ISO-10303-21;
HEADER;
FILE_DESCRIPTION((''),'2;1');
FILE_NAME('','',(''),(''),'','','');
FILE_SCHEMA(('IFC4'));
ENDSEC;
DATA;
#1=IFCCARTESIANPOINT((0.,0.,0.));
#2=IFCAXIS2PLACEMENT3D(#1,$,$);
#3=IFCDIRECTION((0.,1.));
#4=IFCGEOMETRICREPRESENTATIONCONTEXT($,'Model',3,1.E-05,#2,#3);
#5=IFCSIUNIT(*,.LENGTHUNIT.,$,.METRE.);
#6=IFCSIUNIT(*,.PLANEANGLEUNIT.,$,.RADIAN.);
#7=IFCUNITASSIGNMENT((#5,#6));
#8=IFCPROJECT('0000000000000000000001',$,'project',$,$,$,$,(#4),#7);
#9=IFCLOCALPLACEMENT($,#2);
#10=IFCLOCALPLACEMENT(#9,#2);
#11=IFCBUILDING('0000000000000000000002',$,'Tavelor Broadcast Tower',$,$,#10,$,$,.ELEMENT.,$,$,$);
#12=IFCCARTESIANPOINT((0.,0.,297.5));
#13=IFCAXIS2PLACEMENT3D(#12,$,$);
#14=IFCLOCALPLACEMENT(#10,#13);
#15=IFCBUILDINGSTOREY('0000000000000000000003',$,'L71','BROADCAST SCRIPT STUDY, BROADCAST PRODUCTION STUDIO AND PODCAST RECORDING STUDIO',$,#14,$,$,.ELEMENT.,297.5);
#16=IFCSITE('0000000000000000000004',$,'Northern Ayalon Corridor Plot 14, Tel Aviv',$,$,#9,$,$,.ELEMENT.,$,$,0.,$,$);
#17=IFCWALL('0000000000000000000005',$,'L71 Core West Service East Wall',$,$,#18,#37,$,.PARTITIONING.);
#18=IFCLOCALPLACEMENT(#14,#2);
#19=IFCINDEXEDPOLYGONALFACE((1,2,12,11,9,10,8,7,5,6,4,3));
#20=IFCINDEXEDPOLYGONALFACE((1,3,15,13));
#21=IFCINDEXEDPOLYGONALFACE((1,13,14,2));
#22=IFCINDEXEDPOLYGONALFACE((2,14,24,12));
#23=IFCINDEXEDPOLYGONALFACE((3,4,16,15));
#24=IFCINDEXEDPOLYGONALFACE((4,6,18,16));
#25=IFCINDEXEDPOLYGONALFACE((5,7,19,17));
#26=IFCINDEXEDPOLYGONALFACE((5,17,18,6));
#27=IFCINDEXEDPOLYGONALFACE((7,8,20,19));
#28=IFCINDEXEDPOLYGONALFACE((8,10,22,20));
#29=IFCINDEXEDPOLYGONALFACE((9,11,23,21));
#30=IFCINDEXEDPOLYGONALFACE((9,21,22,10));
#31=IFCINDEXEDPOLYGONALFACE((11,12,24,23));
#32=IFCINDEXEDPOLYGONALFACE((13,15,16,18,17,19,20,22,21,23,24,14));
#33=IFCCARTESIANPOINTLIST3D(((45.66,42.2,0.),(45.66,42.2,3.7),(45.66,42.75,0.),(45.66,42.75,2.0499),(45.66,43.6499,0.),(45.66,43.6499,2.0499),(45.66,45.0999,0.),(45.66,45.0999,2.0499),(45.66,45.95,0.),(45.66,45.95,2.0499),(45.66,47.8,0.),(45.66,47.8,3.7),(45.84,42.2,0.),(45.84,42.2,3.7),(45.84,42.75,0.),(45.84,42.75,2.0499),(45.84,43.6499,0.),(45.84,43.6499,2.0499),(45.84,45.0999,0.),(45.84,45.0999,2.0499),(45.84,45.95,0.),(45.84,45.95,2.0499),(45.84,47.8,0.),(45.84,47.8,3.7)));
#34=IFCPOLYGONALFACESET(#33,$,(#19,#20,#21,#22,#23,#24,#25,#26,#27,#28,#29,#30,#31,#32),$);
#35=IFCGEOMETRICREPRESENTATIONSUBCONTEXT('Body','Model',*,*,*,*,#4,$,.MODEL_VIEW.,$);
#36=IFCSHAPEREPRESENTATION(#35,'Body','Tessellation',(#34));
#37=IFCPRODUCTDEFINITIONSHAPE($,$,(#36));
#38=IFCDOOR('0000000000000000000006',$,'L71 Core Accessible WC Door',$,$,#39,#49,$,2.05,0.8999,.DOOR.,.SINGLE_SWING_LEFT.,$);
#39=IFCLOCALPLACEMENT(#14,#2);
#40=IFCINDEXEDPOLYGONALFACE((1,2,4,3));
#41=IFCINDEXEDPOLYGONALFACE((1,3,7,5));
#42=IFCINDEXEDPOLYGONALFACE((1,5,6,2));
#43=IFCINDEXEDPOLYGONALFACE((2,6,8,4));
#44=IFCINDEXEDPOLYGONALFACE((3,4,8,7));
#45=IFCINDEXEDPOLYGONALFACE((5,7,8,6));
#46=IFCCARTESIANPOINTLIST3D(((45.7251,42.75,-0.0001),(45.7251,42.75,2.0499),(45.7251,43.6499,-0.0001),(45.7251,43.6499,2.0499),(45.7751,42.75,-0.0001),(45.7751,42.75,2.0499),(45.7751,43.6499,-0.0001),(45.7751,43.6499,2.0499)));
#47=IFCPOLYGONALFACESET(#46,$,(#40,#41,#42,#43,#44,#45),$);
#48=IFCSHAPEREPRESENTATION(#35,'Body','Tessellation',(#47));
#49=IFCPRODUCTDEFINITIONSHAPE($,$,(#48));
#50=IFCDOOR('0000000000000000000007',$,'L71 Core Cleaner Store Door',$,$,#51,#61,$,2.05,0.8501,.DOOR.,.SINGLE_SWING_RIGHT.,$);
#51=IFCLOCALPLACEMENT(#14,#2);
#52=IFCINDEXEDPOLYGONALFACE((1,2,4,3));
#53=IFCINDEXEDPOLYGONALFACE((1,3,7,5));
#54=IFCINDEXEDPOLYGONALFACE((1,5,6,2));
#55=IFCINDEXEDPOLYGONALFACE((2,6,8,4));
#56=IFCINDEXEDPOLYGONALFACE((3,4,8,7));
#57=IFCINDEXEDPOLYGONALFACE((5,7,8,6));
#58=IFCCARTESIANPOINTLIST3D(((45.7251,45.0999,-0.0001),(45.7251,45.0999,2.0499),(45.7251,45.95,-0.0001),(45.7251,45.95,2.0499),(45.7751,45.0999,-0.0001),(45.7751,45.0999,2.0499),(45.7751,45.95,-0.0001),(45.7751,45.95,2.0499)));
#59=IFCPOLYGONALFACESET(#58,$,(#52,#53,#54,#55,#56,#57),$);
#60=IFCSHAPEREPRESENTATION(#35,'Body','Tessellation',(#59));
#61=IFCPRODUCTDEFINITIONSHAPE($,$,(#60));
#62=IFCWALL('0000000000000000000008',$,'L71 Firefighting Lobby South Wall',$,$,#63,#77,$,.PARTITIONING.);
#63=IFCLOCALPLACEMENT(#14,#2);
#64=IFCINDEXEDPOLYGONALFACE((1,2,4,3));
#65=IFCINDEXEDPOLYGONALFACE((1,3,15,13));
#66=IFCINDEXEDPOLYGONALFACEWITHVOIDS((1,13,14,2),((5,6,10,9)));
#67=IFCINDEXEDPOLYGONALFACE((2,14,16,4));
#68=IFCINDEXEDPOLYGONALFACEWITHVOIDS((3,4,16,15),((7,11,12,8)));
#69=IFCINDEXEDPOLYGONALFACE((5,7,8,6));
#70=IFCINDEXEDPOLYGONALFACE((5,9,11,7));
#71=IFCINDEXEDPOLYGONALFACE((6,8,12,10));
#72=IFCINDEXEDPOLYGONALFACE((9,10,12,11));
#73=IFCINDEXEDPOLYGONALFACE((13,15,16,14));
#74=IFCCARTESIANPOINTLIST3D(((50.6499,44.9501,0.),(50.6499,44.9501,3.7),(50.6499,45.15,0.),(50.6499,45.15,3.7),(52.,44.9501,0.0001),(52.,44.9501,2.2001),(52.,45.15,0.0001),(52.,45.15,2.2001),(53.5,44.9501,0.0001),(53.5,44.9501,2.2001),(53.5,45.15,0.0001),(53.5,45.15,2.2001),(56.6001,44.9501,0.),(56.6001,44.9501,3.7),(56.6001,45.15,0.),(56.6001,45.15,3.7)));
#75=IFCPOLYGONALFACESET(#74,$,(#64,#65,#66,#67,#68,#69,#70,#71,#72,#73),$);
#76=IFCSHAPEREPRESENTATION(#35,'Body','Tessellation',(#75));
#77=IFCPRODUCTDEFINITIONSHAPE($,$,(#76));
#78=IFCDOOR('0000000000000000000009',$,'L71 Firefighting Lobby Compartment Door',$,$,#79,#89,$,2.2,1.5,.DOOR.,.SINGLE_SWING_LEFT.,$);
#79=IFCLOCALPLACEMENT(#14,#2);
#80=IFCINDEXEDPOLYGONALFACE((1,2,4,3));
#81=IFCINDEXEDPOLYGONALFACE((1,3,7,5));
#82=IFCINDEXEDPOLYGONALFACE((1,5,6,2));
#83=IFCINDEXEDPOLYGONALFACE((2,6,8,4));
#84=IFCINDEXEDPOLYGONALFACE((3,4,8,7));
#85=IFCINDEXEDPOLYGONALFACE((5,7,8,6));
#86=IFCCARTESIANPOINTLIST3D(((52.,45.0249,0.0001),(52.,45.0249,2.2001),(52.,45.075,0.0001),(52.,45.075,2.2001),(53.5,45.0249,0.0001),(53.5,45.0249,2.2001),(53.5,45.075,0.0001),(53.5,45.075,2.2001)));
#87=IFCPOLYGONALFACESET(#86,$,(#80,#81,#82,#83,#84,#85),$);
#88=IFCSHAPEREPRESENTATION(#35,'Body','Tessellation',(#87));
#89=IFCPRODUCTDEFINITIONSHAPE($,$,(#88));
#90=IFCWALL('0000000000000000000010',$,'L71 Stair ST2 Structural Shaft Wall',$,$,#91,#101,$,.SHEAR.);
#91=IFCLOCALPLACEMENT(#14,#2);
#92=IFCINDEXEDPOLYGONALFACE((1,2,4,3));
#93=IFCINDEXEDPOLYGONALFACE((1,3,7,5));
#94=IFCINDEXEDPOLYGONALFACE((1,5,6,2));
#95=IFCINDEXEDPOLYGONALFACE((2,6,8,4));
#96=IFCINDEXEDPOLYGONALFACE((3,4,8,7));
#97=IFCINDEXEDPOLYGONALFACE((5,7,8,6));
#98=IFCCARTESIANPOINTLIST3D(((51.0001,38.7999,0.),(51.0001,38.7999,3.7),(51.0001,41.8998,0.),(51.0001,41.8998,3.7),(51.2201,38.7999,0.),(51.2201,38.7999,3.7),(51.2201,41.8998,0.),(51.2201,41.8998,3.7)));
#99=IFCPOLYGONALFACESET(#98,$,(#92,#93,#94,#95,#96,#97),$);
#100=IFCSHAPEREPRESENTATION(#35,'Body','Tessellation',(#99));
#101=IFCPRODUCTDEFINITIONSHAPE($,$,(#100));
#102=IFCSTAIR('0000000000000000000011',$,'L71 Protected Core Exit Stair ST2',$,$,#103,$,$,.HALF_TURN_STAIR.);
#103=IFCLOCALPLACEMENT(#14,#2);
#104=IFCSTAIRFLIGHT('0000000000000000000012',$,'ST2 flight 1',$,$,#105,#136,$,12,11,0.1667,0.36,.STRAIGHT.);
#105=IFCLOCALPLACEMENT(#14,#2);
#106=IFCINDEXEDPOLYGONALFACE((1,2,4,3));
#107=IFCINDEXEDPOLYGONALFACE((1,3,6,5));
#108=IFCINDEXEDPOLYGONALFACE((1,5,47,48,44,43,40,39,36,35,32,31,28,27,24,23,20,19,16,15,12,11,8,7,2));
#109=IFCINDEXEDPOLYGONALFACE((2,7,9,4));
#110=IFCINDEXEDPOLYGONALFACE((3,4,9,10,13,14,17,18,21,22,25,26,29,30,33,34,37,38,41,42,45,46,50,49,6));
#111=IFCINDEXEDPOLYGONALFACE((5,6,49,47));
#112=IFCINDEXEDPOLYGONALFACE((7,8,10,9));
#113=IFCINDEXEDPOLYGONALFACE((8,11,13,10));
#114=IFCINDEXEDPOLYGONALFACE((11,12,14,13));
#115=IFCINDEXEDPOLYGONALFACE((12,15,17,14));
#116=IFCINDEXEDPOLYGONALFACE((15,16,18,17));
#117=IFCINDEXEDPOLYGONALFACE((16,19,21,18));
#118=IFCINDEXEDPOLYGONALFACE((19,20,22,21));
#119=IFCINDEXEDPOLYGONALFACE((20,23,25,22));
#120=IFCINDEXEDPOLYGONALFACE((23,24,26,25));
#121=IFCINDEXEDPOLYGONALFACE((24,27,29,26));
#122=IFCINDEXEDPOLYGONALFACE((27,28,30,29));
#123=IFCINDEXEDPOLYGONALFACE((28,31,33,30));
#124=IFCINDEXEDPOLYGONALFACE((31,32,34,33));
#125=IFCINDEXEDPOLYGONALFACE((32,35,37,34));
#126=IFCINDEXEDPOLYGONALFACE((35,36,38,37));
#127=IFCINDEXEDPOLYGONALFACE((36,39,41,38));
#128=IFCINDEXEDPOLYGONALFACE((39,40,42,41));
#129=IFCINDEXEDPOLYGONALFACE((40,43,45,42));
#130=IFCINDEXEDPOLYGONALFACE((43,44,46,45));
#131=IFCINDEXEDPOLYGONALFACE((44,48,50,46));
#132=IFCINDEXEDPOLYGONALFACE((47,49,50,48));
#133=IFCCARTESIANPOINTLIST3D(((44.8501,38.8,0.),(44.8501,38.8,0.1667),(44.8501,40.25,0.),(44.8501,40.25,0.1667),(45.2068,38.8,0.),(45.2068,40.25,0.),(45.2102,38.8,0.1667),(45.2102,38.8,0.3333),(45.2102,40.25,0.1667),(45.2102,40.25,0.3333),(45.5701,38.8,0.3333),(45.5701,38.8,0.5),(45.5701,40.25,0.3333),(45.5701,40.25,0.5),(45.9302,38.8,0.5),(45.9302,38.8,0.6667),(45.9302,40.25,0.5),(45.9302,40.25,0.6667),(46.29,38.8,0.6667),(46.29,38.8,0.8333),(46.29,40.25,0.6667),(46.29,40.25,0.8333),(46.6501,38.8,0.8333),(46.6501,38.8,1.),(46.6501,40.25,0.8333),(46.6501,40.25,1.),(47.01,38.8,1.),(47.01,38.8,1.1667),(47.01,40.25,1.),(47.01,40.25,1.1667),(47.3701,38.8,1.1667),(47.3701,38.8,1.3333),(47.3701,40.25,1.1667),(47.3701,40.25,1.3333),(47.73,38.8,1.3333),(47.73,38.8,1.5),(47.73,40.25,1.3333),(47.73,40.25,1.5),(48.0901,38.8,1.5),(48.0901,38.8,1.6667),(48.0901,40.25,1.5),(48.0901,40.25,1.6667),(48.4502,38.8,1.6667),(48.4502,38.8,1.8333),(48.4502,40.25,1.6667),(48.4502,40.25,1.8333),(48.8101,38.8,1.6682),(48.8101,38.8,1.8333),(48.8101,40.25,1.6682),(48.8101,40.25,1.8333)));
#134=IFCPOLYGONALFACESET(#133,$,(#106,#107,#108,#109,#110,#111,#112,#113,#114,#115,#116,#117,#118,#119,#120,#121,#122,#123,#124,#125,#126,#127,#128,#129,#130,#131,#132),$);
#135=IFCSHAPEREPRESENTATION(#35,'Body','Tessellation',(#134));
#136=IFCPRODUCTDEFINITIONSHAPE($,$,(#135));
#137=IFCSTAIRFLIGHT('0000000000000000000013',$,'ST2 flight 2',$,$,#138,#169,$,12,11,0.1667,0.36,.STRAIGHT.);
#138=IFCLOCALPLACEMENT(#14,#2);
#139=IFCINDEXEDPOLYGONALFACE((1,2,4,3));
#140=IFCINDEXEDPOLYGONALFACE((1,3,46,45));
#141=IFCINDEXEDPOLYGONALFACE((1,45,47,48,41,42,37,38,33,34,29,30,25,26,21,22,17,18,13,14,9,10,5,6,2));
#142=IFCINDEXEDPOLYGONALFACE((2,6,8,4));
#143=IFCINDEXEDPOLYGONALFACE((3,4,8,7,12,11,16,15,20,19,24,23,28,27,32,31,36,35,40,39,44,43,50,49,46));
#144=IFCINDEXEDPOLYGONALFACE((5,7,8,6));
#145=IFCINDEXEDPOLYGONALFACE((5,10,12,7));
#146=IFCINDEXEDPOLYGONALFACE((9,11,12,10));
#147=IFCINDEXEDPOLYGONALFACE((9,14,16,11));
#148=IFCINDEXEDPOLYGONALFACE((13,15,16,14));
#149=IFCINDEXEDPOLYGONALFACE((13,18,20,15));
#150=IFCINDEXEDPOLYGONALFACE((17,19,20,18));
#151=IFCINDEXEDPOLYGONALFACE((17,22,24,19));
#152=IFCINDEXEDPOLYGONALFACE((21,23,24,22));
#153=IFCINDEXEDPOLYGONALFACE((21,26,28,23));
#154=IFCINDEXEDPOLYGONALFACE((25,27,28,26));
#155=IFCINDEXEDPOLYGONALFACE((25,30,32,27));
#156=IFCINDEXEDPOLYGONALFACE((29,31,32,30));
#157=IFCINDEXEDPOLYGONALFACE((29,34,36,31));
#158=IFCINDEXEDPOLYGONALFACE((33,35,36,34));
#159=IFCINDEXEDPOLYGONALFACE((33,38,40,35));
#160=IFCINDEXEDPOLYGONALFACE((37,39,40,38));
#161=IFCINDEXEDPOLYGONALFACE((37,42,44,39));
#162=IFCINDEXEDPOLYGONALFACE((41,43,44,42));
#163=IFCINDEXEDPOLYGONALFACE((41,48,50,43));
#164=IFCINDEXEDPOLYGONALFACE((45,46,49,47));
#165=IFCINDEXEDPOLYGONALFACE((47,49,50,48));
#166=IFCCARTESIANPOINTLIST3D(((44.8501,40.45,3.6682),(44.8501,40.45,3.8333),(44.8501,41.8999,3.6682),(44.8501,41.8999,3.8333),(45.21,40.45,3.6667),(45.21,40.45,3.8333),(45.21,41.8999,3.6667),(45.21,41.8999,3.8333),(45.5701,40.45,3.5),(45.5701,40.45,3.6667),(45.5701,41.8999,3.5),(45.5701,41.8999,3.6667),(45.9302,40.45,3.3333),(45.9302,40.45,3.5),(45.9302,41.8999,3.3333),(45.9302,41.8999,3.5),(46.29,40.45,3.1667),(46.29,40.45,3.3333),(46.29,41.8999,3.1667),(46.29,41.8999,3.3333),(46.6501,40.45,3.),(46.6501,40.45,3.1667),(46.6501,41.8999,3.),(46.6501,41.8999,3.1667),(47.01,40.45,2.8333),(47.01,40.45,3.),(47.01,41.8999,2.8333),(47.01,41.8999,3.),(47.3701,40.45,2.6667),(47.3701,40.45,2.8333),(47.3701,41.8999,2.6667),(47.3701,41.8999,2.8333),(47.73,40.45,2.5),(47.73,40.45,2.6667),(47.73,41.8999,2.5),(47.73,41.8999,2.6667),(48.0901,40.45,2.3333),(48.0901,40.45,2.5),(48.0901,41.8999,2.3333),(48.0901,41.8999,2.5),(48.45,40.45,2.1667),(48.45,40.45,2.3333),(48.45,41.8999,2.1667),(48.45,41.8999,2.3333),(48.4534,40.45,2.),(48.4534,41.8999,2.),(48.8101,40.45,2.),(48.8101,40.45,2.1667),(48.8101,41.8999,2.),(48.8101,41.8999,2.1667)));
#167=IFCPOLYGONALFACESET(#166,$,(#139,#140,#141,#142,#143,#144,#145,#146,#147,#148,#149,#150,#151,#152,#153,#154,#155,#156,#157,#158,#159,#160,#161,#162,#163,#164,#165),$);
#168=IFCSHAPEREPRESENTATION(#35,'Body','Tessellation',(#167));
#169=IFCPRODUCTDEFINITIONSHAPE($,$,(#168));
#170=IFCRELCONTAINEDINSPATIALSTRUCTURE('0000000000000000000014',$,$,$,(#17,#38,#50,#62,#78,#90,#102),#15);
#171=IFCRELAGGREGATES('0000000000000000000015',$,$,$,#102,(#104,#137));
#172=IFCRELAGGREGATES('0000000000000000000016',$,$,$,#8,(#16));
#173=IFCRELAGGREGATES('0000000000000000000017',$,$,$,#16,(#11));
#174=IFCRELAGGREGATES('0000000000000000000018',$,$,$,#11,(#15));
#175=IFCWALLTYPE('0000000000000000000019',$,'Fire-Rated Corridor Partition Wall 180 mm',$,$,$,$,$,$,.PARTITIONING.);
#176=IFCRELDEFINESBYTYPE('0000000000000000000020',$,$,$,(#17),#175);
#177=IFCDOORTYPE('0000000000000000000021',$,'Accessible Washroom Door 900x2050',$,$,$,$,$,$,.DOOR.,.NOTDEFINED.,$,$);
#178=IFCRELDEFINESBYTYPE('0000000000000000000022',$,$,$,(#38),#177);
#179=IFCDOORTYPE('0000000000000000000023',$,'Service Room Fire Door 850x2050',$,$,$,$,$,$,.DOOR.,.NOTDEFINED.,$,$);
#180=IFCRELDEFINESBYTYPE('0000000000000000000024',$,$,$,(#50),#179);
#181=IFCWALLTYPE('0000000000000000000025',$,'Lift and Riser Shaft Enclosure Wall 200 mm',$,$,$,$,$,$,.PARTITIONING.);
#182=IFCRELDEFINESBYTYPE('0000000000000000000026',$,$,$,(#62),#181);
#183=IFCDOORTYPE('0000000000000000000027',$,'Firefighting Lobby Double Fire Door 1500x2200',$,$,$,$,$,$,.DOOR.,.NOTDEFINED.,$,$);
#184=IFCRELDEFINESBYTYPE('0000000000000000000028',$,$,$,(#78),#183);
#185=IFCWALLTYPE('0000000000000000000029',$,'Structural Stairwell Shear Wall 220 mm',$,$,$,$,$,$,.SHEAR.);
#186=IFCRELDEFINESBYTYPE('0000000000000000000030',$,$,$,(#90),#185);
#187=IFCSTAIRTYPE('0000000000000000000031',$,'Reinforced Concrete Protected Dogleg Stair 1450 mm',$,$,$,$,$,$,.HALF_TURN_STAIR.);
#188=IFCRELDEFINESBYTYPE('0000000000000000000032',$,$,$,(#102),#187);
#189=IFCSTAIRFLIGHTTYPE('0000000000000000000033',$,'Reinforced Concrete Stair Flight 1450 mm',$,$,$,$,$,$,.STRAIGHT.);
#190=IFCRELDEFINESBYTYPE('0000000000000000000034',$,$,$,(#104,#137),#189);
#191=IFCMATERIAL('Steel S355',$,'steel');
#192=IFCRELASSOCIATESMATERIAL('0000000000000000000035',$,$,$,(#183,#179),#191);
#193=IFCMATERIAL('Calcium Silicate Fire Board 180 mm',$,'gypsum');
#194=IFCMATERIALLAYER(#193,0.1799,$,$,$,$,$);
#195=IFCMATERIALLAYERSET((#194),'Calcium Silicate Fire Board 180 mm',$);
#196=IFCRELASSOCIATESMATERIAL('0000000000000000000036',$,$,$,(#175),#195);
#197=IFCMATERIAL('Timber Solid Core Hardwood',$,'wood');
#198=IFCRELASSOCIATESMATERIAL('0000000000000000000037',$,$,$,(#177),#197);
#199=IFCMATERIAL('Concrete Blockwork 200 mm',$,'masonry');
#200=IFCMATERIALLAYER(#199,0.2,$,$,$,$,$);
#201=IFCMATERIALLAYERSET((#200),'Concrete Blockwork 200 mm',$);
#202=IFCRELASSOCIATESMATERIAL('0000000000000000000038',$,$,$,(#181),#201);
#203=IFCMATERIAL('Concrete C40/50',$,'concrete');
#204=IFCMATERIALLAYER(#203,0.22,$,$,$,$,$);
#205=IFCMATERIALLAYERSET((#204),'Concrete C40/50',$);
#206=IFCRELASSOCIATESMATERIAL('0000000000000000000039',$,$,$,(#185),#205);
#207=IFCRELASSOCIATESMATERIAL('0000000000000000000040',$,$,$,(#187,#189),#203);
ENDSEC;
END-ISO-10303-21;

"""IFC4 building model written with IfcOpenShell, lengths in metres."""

from ifc_helpers import new_model, si_unit, direction, frame, frame_2d, origin, place, context, subcontext, project, spatial, polyline, rectangle, outline, extrude, material, layer, layer_set, type_object, element, fill, aggregate, save


model = new_model("IFC4")

# Units and contexts
model_context = context("Model", 3, precision=1e-05, world=origin(), true_north=direction((0.0, 1.0)))
body_context = subcontext(model_context, "Body", "Model", "MODEL_VIEW")
ifc_project = project(units=[si_unit("LENGTHUNIT", "METRE"), si_unit("PLANEANGLEUNIT", "RADIAN")], contexts=[model_context])

# Site, building, storey
site_placement = place(None, origin())
site = spatial("IfcSite", under=ifc_project, at=site_placement, Name="Northern Ayalon Corridor Plot 14, Tel Aviv", CompositionType="ELEMENT", RefElevation=0.0)
building_placement = place(site_placement, origin())
building = spatial("IfcBuilding", under=site, at=building_placement, Name="Tavelor Broadcast Tower", CompositionType="ELEMENT")
storey_placement = place(building_placement, frame((0.0, 0.0, 297.5)))
storey = spatial("IfcBuildingStorey", under=building, at=storey_placement, Name="L71", Description="BROADCAST SCRIPT STUDY, BROADCAST PRODUCTION STUDIO AND PODCAST RECORDING STUDIO", CompositionType="ELEMENT", Elevation=297.5)

# Shared definitions
ifc_material_1 = material(Name="Concrete C40/50", Category="concrete")
ifc_material_2 = material(Name="Steel S355", Category="steel")

# Shared definitions
door_type_1 = type_object("IfcDoorType", Name="Firefighting Lobby Double Fire Door 1500x2200", OperationType="NOTDEFINED", PredefinedType="DOOR", material=ifc_material_2)

# Wall, openings, doors
ifc_material_3 = material(Name="Calcium Silicate Fire Board 180 mm", Category="gypsum")
ifc_layer_1 = layer(ifc_material_3, 0.1799)
ifc_layer_set_1 = layer_set([ifc_layer_1], Name="Calcium Silicate Fire Board 180 mm")
wall_type_1 = type_object("IfcWallType", Name="Fire-Rated Corridor Partition Wall 180 mm", PredefinedType="PARTITIONING", material=ifc_layer_set_1)
wall_1_placement = place(storey_placement, frame((45.75, 42.2, 0.0), z_axis=(0.0, 0.0, 1.0), x_axis=(0.0, 1.0, 0.0)))
wall_1 = element("IfcWall", 1, at=wall_1_placement, inside=storey, type_object=wall_type_1, Name="L71 Core West Service East Wall", PredefinedType="PARTITIONING", context=body_context, shape_type="SweptSolid", body=[
    extrude(rectangle(XDim=5.6001, YDim=0.1799, at=frame_2d((2.8, 0.0))), origin(), (0.0, 0.0, 1.0), 3.7),
])
opening_1_placement = place(wall_1_placement, frame((0.55, 0.0, 0.0)))
opening_1 = element("IfcOpeningElement", 2, at=opening_1_placement, cuts=wall_1, PredefinedType="OPENING", context=body_context, shape_type="SweptSolid", body=[
    extrude(rectangle(XDim=0.8999, YDim=2.05, at=frame_2d((0.45, 1.0249))), frame((0.0, 0.1001, 0.0), z_axis=(0.0, -1.0, 0.0), x_axis=(1.0, 0.0, 0.0)), (0.0, 0.0, 1.0), 0.2),
])
opening_2_placement = place(wall_1_placement, frame((2.8999, 0.0, 0.0)))
opening_2 = element("IfcOpeningElement", 3, at=opening_2_placement, cuts=wall_1, PredefinedType="OPENING", context=body_context, shape_type="SweptSolid", body=[
    extrude(rectangle(XDim=0.8501, YDim=2.05, at=frame_2d((0.425, 1.0249))), frame((0.0, 0.1001, 0.0), z_axis=(0.0, -1.0, 0.0), x_axis=(1.0, 0.0, 0.0)), (0.0, 0.0, 1.0), 0.2),
])
ifc_material_4 = material(Name="Timber Solid Core Hardwood", Category="wood")
door_type_2 = type_object("IfcDoorType", Name="Accessible Washroom Door 900x2050", OperationType="NOTDEFINED", PredefinedType="DOOR", material=ifc_material_4)
door_1_placement = place(opening_1_placement, origin())
door_1 = element("IfcDoor", 4, at=door_1_placement, inside=storey, type_object=door_type_2, Name="L71 Core Accessible WC Door", OperationType="SINGLE_SWING_LEFT", OverallHeight=2.05, OverallWidth=0.8999, PredefinedType="DOOR", context=body_context, shape_type="SweptSolid", body=[
    extrude(rectangle(XDim=0.8999, YDim=2.05, at=frame_2d((0.45, 1.0249))), frame((0.0, 0.0249, 0.0), z_axis=(0.0, -1.0, 0.0), x_axis=(1.0, 0.0, 0.0)), (0.0, 0.0, 1.0), 0.05),
])
fill(opening_1, door_1)
door_type_3 = type_object("IfcDoorType", Name="Service Room Fire Door 850x2050", OperationType="NOTDEFINED", PredefinedType="DOOR", material=ifc_material_2)
door_2_placement = place(opening_2_placement, origin())
door_2 = element("IfcDoor", 5, at=door_2_placement, inside=storey, type_object=door_type_3, Name="L71 Core Cleaner Store Door", OperationType="SINGLE_SWING_RIGHT", OverallHeight=2.05, OverallWidth=0.8501, PredefinedType="DOOR", context=body_context, shape_type="SweptSolid", body=[
    extrude(rectangle(XDim=0.8501, YDim=2.05, at=frame_2d((0.425, 1.0249))), frame((0.0, 0.0249, 0.0), z_axis=(0.0, -1.0, 0.0), x_axis=(1.0, 0.0, 0.0)), (0.0, 0.0, 1.0), 0.05),
])
fill(opening_2, door_2)

# Wall, opening, door
ifc_material_5 = material(Name="Concrete Blockwork 200 mm", Category="masonry")
ifc_layer_2 = layer(ifc_material_5, 0.2)
ifc_layer_set_2 = layer_set([ifc_layer_2], Name="Concrete Blockwork 200 mm")
wall_type_2 = type_object("IfcWallType", Name="Lift and Riser Shaft Enclosure Wall 200 mm", PredefinedType="PARTITIONING", material=ifc_layer_set_2)
wall_2_placement = place(storey_placement, frame((50.6499, 45.05, 0.0), z_axis=(0.0, 0.0, 1.0), x_axis=(1.0, 0.0, 0.0)))
wall_2 = element("IfcWall", 6, at=wall_2_placement, inside=storey, type_object=wall_type_2, Name="L71 Firefighting Lobby South Wall", PredefinedType="PARTITIONING", context=body_context, shape_type="SweptSolid", body=[
    extrude(rectangle(XDim=5.9502, YDim=0.2, at=frame_2d((2.9751, 0.0))), origin(), (0.0, 0.0, 1.0), 3.7),
])
opening_3_placement = place(wall_2_placement, frame((1.3501, 0.0, 0.0)))
opening_3 = element("IfcOpeningElement", 7, at=opening_3_placement, cuts=wall_2, PredefinedType="OPENING", context=body_context, shape_type="SweptSolid", body=[
    extrude(rectangle(XDim=1.5, YDim=2.2, at=frame_2d((0.75, 1.1001))), frame((0.0, 0.1099, 0.0), z_axis=(0.0, -1.0, 0.0), x_axis=(1.0, 0.0, 0.0)), (0.0, 0.0, 1.0), 0.22),
])
door_3_placement = place(opening_3_placement, origin())
door_3 = element("IfcDoor", 8, at=door_3_placement, inside=storey, type_object=door_type_1, Name="L71 Firefighting Lobby Compartment Door", OperationType="SINGLE_SWING_LEFT", OverallHeight=2.2, OverallWidth=1.5, PredefinedType="DOOR", context=body_context, shape_type="SweptSolid", body=[
    extrude(rectangle(XDim=1.5, YDim=2.2, at=frame_2d((0.75, 1.1001))), frame((0.0, 0.0249, 0.0), z_axis=(0.0, -1.0, 0.0), x_axis=(1.0, 0.0, 0.0)), (0.0, 0.0, 1.0), 0.05),
])
fill(opening_3, door_3)

# Wall
ifc_layer_3 = layer(ifc_material_1, 0.22)
ifc_layer_set_3 = layer_set([ifc_layer_3], Name="Concrete C40/50")
wall_type_3 = type_object("IfcWallType", Name="Structural Stairwell Shear Wall 220 mm", PredefinedType="SHEAR", material=ifc_layer_set_3)
wall_3_placement = place(storey_placement, frame((51.1101, 38.8, 0.0), z_axis=(0.0, 0.0, 1.0), x_axis=(0.0, 1.0, 0.0)))
element("IfcWall", 9, at=wall_3_placement, inside=storey, type_object=wall_type_3, Name="L71 Stair ST2 Structural Shaft Wall", PredefinedType="SHEAR", context=body_context, shape_type="SweptSolid", body=[
    extrude(rectangle(XDim=3.0999, YDim=0.22, at=frame_2d((1.5498, 0.0))), origin(), (0.0, 0.0, 1.0), 3.7),
])

# Stair, stair flights
stair_type = type_object("IfcStairType", Name="Reinforced Concrete Protected Dogleg Stair 1450 mm", PredefinedType="HALF_TURN_STAIR", material=ifc_material_1)
stair_placement = place(storey_placement, origin())
stair = element("IfcStair", 10, at=stair_placement, inside=storey, type_object=stair_type, Name="L71 Protected Core Exit Stair ST2", PredefinedType="HALF_TURN_STAIR")
stair_flight_type = type_object("IfcStairFlightType", Name="Reinforced Concrete Stair Flight 1450 mm", PredefinedType="STRAIGHT", material=ifc_material_1)
stair_flight_1_placement = place(storey_placement, frame((44.8501, 39.5249, 0.0), z_axis=(0.0, 0.0, 1.0), x_axis=(1.0, 0.0, 0.0)))
stair_flight_1 = element("IfcStairFlight", 11, at=stair_flight_1_placement, type_object=stair_flight_type, Name="ST2 flight 1", NumberOfRisers=12, NumberOfTreads=11, PredefinedType="STRAIGHT", RiserHeight=0.1667, TreadLength=0.36, context=body_context, shape_type="SweptSolid", body=[
    extrude(outline(polyline([(0.0, 0.0), (0.0, 0.1667), (0.3601, 0.1667), (0.3601, 0.3333), (0.72, 0.3333), (0.72, 0.5), (1.0801, 0.5), (1.0801, 0.6667), (1.4399, 0.6667), (1.4399, 0.8333), (1.8, 0.8333), (1.8, 1.0), (2.1599, 1.0), (2.1599, 1.1667), (2.52, 1.1667), (2.52, 1.3333), (2.8799, 1.3333), (2.8799, 1.5), (3.24, 1.5), (3.24, 1.6667), (3.6001, 1.6667), (3.6001, 1.8333), (3.96, 1.8333), (3.96, 2.0), (3.96, 1.6682), (0.3567, 0.0), (0.0, 0.0)])), frame((0.0, 0.7251, 0.0), z_axis=(0.0, -1.0, 0.0), x_axis=(1.0, 0.0, 0.0)), (0.0, 0.0, 1.0), 1.45),
])
stair_flight_2_placement = place(storey_placement, frame((48.8101, 41.175, 2.0), z_axis=(0.0, 0.0, 1.0), x_axis=(-1.0, 0.0, 0.0)))
stair_flight_2 = element("IfcStairFlight", 12, at=stair_flight_2_placement, type_object=stair_flight_type, Name="ST2 flight 2", NumberOfRisers=12, NumberOfTreads=11, PredefinedType="STRAIGHT", RiserHeight=0.1667, TreadLength=0.36, context=body_context, shape_type="SweptSolid", body=[
    extrude(outline(polyline([(0.0, 0.0), (0.0, 0.1667), (0.3601, 0.1667), (0.3601, 0.3333), (0.72, 0.3333), (0.72, 0.5), (1.0801, 0.5), (1.0801, 0.6667), (1.4399, 0.6667), (1.4399, 0.8333), (1.8, 0.8333), (1.8, 1.0), (2.1599, 1.0), (2.1599, 1.1667), (2.52, 1.1667), (2.52, 1.3333), (2.8799, 1.3333), (2.8799, 1.5), (3.24, 1.5), (3.24, 1.6667), (3.6001, 1.6667), (3.6001, 1.8333), (3.96, 1.8333), (3.96, 2.0), (3.96, 1.6682), (0.3567, 0.0), (0.0, 0.0)])), frame((0.0, 0.7251, 0.0), z_axis=(0.0, -1.0, 0.0), x_axis=(1.0, 0.0, 0.0)), (0.0, 0.0, 1.0), 1.45),
])
aggregate(stair, [stair_flight_1, stair_flight_2])

save(model, "model.ifc")
